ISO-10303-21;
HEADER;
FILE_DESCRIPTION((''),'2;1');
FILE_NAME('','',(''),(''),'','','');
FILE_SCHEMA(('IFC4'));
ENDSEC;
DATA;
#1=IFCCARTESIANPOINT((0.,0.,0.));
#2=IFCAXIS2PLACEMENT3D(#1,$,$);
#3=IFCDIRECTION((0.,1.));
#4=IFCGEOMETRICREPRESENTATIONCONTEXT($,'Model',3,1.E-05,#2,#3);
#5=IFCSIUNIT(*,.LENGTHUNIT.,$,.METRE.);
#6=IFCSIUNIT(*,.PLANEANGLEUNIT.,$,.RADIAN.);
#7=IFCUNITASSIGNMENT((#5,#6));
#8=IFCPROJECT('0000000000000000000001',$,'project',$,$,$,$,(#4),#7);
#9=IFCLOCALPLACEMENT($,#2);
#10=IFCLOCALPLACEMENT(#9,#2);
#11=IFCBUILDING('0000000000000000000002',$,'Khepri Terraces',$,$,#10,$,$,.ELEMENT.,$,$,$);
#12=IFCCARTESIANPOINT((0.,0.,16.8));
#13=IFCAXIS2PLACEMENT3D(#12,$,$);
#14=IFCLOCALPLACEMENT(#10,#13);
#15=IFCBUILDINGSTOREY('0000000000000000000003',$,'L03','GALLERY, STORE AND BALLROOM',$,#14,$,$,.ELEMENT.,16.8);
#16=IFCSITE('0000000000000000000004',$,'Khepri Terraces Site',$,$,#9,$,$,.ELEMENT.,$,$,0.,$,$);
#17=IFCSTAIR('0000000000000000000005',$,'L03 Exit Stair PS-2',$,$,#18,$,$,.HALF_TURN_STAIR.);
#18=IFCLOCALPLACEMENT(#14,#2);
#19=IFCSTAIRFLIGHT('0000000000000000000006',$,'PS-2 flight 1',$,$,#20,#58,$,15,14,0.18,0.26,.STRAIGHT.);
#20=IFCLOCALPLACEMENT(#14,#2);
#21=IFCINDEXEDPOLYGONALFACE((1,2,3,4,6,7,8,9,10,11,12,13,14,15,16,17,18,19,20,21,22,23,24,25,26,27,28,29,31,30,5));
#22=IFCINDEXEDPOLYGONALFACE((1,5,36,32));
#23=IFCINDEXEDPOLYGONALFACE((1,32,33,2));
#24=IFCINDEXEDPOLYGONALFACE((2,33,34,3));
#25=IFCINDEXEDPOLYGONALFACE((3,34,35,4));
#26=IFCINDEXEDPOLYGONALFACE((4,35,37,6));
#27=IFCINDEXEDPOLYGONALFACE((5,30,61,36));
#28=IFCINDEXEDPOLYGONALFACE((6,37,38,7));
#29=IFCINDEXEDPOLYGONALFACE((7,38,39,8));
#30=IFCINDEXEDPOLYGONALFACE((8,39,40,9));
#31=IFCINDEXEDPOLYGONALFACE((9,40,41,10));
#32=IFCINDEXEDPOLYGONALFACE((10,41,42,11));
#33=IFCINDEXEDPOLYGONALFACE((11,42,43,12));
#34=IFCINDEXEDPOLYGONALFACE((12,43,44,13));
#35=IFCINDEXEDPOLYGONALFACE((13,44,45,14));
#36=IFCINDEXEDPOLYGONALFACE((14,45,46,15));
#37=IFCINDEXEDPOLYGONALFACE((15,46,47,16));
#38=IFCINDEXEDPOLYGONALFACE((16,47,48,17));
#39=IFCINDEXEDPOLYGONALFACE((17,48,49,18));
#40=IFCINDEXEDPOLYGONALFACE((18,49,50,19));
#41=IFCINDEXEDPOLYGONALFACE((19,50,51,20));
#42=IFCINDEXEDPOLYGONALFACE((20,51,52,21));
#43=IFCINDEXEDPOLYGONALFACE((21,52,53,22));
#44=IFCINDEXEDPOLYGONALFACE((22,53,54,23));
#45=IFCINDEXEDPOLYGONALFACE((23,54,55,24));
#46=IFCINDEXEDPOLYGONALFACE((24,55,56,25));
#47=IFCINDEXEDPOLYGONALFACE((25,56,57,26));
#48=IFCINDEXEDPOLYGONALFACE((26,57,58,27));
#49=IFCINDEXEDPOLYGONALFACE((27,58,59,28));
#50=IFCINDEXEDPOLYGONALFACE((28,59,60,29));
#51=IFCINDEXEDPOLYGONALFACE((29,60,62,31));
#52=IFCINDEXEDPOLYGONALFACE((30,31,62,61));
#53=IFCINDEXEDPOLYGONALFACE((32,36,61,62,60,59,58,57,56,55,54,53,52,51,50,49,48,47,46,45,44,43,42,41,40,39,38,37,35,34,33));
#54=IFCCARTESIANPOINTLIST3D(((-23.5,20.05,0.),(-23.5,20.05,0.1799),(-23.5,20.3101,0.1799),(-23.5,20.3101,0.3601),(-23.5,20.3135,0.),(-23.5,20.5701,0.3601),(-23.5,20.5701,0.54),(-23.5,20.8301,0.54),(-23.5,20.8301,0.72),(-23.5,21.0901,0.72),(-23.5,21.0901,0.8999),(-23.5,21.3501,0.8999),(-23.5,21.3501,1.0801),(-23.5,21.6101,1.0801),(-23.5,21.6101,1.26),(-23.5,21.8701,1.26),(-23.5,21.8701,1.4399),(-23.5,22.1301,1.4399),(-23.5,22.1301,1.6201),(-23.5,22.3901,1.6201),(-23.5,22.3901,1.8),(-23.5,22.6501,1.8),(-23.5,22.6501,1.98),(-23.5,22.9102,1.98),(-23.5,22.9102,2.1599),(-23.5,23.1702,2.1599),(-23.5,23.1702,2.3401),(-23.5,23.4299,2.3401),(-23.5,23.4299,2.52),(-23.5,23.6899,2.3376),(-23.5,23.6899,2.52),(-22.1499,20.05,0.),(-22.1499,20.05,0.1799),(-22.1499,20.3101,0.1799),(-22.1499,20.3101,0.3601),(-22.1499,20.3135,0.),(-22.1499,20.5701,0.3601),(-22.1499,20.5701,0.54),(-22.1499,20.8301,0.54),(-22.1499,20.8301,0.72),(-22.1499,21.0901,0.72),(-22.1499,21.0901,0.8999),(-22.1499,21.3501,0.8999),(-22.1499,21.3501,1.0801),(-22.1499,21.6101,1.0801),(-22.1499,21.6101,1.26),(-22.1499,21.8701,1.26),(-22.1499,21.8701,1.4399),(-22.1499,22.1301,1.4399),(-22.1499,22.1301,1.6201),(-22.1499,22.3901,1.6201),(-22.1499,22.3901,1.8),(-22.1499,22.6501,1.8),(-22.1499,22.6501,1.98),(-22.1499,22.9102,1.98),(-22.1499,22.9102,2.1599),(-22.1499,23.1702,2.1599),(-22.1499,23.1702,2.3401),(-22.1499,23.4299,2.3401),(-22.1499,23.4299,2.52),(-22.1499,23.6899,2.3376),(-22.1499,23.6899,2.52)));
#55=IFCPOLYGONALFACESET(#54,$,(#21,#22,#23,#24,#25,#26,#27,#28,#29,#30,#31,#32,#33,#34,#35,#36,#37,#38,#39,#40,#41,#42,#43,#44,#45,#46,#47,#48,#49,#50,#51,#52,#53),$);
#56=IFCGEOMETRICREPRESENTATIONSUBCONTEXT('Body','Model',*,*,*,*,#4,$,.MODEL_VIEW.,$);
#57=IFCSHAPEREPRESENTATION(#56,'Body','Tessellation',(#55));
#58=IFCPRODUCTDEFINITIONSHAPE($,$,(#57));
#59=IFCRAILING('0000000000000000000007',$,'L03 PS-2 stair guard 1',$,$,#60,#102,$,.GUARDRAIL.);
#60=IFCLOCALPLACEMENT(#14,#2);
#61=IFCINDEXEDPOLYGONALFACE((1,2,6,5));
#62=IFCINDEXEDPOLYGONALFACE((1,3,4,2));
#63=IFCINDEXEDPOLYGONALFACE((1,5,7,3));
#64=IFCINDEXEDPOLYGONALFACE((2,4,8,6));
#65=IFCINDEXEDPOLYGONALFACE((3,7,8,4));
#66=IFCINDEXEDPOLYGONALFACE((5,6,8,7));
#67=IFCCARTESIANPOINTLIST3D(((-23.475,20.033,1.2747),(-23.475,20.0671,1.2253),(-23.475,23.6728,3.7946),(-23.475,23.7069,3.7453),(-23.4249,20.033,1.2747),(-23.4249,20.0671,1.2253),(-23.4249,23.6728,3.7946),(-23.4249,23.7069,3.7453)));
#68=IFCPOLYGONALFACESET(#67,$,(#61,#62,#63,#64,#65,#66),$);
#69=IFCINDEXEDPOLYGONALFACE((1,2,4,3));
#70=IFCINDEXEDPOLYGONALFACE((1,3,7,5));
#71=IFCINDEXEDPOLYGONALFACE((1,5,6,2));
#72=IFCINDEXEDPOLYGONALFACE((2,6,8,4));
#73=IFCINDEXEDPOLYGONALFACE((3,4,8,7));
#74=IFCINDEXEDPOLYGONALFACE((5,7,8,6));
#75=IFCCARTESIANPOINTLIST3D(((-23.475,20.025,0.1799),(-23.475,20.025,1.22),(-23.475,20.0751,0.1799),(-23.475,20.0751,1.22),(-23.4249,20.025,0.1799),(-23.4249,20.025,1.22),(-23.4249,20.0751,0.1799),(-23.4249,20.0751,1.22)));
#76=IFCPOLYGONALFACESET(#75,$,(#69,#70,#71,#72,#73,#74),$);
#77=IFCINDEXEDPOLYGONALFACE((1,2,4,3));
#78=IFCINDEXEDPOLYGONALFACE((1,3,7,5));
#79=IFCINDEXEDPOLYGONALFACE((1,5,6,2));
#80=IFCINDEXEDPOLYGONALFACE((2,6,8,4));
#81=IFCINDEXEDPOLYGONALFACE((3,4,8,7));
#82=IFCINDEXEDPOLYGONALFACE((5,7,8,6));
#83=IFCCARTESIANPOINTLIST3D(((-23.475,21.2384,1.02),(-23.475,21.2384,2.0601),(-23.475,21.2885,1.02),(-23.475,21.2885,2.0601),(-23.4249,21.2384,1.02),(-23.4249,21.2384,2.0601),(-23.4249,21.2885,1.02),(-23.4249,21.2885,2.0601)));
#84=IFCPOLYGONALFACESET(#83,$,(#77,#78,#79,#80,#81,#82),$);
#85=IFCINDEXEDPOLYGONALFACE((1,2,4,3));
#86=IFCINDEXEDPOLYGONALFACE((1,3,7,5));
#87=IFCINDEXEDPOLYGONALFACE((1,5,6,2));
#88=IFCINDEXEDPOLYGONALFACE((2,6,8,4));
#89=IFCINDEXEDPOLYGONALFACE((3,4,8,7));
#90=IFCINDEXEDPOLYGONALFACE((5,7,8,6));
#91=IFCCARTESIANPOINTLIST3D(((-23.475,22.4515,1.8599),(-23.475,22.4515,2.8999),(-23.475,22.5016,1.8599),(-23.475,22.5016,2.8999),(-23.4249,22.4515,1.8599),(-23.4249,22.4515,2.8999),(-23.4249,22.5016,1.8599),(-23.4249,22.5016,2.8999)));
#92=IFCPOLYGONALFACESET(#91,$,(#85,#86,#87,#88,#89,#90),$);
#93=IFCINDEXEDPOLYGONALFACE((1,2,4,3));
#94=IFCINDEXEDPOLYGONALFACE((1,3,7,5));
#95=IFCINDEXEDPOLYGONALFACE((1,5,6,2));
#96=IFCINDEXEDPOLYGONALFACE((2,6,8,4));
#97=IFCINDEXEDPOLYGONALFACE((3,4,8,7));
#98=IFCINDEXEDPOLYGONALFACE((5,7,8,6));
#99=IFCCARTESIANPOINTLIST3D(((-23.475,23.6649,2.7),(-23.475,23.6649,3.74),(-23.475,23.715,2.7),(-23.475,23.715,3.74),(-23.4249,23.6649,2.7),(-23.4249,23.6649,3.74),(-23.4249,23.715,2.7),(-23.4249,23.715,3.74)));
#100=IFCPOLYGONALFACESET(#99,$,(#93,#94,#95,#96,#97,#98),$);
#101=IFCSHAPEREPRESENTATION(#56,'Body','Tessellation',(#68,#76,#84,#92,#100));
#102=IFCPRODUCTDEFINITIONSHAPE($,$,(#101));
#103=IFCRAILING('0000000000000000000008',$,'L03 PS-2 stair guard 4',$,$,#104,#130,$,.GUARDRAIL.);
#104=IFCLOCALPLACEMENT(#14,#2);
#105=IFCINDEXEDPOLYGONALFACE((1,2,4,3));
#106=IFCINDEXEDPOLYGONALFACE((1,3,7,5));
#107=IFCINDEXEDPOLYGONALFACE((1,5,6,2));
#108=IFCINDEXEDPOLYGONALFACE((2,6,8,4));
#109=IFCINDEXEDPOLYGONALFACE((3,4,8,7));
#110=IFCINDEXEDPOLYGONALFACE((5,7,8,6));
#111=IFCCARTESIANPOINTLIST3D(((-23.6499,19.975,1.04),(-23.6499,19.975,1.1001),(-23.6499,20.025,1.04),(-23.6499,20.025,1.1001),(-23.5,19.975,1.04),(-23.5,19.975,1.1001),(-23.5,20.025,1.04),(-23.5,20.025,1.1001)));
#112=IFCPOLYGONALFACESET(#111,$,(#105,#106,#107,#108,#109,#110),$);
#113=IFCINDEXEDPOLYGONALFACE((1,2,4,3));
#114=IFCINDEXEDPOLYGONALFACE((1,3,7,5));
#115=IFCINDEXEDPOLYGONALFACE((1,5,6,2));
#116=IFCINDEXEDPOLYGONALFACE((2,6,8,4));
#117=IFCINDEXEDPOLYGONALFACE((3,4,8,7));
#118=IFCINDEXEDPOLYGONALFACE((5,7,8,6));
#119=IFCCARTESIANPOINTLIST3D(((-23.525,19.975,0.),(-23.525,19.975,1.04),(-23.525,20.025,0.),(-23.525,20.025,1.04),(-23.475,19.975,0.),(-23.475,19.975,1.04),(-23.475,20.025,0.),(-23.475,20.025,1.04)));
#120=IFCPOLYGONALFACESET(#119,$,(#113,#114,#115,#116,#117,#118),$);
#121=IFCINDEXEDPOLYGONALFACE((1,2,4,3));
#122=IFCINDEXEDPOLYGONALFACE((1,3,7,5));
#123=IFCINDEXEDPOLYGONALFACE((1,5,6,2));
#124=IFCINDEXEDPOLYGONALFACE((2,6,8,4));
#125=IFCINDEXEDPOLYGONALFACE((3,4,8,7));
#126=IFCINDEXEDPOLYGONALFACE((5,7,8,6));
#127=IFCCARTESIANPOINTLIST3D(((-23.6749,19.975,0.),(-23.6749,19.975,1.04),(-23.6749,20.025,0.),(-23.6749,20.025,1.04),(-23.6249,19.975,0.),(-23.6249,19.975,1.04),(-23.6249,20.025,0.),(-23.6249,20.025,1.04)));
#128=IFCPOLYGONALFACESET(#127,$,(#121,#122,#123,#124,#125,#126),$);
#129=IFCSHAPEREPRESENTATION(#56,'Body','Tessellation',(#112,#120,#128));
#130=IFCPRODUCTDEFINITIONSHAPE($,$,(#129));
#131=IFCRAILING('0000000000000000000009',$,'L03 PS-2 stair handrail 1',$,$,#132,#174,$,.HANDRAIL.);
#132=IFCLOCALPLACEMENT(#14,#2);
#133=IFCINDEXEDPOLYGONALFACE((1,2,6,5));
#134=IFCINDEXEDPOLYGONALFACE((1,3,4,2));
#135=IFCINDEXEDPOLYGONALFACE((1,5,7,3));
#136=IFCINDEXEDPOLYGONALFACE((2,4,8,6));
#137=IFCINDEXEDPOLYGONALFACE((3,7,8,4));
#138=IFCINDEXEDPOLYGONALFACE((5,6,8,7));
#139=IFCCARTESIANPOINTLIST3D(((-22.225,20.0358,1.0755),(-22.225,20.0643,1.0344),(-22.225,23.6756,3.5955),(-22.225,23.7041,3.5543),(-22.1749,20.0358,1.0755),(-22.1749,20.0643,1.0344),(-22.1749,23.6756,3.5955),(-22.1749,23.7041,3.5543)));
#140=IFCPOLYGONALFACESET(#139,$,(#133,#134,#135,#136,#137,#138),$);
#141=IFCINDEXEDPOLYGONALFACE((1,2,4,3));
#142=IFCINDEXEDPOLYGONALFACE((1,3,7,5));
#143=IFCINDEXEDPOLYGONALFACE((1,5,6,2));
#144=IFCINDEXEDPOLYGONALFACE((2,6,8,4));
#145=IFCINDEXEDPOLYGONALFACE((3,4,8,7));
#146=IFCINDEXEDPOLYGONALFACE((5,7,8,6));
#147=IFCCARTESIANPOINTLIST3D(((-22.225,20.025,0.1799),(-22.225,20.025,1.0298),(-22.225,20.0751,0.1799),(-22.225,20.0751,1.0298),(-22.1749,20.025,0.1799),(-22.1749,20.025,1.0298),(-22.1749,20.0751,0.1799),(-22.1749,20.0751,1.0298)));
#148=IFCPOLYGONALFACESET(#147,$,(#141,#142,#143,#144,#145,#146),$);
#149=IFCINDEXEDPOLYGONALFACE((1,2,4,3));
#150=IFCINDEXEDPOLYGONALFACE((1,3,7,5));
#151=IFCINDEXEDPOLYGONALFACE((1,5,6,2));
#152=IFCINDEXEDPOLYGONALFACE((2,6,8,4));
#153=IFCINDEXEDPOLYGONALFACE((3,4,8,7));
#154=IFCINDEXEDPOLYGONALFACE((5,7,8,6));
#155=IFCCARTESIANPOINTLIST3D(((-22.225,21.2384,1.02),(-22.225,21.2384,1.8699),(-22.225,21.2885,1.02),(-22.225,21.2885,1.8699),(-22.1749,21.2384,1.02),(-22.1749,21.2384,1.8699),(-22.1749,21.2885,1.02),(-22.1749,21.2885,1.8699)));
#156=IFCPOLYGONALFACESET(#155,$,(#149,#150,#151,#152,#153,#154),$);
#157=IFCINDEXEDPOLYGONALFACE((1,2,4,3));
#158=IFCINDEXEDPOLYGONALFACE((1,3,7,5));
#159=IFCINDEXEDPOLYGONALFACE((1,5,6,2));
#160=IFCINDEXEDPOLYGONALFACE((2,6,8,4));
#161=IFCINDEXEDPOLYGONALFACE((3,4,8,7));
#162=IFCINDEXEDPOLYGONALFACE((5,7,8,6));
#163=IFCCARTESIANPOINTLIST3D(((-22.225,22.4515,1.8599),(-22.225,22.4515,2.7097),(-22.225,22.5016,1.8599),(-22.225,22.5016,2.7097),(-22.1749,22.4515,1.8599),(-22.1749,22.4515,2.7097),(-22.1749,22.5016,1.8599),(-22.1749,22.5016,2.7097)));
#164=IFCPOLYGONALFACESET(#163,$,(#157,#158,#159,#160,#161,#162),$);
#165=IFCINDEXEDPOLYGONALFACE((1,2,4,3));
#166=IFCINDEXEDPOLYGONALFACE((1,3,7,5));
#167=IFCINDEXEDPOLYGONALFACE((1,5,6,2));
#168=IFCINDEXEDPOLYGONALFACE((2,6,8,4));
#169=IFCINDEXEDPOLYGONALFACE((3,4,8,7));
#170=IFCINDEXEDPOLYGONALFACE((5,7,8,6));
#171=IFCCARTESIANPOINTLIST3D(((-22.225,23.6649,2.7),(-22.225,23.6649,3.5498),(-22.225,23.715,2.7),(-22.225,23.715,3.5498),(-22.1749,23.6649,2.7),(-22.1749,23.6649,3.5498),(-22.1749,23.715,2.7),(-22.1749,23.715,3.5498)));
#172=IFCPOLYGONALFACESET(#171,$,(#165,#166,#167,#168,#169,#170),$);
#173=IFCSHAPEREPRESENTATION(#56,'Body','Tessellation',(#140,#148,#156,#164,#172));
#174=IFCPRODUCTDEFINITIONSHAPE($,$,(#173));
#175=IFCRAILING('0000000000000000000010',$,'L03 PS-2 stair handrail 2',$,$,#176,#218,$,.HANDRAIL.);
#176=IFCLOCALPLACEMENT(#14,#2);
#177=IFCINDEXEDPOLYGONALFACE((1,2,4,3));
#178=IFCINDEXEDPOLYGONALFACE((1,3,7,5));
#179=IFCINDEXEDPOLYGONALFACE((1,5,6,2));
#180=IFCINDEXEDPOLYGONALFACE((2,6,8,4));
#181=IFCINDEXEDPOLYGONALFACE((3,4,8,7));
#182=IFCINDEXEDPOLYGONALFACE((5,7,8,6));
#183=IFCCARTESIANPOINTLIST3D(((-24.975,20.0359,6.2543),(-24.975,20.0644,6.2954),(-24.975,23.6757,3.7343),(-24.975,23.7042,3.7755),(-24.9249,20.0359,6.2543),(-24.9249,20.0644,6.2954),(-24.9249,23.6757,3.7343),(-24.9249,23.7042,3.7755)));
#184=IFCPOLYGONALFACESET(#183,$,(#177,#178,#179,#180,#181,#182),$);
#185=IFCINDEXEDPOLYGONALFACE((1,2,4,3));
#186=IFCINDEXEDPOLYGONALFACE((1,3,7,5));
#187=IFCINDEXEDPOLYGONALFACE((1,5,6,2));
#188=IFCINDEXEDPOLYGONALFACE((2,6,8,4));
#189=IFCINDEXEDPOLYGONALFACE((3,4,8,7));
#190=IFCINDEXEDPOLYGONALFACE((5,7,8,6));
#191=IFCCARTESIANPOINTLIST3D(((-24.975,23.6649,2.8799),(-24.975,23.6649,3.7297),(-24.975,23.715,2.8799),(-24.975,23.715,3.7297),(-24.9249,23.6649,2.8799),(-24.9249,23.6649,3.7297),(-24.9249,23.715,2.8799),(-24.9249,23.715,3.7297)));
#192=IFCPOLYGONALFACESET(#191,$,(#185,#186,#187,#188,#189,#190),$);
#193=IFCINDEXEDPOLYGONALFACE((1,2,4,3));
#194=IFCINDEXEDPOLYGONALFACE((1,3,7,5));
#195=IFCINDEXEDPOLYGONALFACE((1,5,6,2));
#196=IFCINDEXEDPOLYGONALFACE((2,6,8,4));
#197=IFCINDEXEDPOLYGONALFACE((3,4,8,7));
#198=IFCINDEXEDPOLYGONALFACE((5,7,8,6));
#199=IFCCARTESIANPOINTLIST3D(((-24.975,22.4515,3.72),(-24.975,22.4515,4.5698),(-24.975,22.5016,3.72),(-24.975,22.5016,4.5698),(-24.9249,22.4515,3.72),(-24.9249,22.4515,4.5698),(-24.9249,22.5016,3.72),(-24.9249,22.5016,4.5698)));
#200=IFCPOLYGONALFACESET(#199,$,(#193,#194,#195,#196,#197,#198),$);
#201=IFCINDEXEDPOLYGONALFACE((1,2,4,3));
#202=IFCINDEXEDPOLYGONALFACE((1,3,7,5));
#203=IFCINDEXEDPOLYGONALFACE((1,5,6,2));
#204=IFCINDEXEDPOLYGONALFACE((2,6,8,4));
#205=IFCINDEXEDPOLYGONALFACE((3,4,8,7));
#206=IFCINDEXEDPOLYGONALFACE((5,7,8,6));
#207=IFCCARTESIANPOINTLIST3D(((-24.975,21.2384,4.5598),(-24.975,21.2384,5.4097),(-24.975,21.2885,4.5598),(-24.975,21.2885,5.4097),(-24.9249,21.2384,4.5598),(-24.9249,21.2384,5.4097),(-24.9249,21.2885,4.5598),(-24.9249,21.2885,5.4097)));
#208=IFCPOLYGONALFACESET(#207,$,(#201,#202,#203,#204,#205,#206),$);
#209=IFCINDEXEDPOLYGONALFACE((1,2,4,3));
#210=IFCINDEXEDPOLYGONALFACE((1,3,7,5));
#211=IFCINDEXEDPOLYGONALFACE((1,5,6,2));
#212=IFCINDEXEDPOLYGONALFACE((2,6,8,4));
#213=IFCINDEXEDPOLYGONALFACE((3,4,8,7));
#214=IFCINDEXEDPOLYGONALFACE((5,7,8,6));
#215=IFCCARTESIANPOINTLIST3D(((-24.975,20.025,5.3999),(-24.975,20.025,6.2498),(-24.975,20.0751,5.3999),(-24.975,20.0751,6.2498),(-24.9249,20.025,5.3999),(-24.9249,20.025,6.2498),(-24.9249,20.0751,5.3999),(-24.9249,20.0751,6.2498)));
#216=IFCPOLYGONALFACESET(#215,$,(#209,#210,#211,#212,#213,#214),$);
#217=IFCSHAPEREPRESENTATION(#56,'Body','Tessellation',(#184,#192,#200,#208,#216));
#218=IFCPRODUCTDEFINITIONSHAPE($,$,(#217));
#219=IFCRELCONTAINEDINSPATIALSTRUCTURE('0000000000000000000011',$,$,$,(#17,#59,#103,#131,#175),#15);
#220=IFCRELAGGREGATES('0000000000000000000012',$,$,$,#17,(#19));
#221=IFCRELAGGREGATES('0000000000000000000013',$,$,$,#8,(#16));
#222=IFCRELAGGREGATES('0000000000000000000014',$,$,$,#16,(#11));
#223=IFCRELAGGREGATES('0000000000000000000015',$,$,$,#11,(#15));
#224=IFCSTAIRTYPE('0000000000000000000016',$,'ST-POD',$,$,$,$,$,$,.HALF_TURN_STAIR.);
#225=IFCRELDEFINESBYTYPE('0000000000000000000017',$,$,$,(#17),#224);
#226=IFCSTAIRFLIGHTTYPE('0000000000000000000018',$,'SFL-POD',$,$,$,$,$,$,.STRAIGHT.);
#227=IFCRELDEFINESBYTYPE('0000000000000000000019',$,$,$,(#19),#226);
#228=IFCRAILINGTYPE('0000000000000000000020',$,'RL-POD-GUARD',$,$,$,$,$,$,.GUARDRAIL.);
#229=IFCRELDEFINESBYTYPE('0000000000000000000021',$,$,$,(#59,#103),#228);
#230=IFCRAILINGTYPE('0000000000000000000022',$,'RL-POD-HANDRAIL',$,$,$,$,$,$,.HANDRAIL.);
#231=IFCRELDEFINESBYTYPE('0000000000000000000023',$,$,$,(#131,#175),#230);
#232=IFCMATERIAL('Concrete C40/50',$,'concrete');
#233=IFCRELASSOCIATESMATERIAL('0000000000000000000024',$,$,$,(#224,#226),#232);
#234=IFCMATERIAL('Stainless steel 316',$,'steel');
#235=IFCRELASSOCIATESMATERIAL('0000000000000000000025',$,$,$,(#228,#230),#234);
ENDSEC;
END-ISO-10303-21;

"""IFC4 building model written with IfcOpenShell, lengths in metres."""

from ifc_helpers import new_model, si_unit, direction, frame, origin, origin_2d, place, context, subcontext, project, spatial, polyline, rectangle, outline, extrude, material, type_object, element, aggregate, save


model = new_model("IFC4")

# Units and contexts
model_context = context("Model", 3, precision=1e-05, world=origin(), true_north=direction((0.0, 1.0)))
body_context = subcontext(model_context, "Body", "Model", "MODEL_VIEW")
ifc_project = project(units=[si_unit("LENGTHUNIT", "METRE"), si_unit("PLANEANGLEUNIT", "RADIAN")], contexts=[model_context])

# Site, building, storey
site_placement = place(None, origin())
site = spatial("IfcSite", under=ifc_project, at=site_placement, Name="Khepri Terraces Site", CompositionType="ELEMENT", RefElevation=0.0)
building_placement = place(site_placement, origin())
building = spatial("IfcBuilding", under=site, at=building_placement, Name="Khepri Terraces", CompositionType="ELEMENT")
storey_placement = place(building_placement, frame((0.0, 0.0, 16.8)))
storey = spatial("IfcBuildingStorey", under=building, at=storey_placement, Name="L03", Description="GALLERY, STORE AND BALLROOM", CompositionType="ELEMENT", Elevation=16.8)

# Shared definitions
ifc_material_1 = material(Name="Concrete C40/50", Category="concrete")

# Stair, stair flight
stair_type = type_object("IfcStairType", Name="ST-POD", PredefinedType="HALF_TURN_STAIR", material=ifc_material_1)
stair_placement = place(storey_placement, origin())
stair = element("IfcStair", 1, at=stair_placement, inside=storey, type_object=stair_type, Name="L03 Exit Stair PS-2", PredefinedType="HALF_TURN_STAIR")
stair_flight_type = type_object("IfcStairFlightType", Name="SFL-POD", PredefinedType="STRAIGHT", material=ifc_material_1)
stair_flight_placement = place(storey_placement, frame((-22.825, 20.05, 0.0), z_axis=(0.0, 0.0, 1.0), x_axis=(0.0, 1.0, 0.0)))
stair_flight = element("IfcStairFlight", 2, at=stair_flight_placement, type_object=stair_flight_type, Name="PS-2 flight 1", NumberOfRisers=15, NumberOfTreads=14, PredefinedType="STRAIGHT", RiserHeight=0.18, TreadLength=0.26, context=body_context, shape_type="SweptSolid", body=[
    extrude(outline(polyline([(0.0, 0.0), (0.0, 0.1799), (0.26, 0.1799), (0.26, 0.3601), (0.52, 0.3601), (0.52, 0.54), (0.78, 0.54), (0.78, 0.72), (1.04, 0.72), (1.04, 0.8999), (1.3, 0.8999), (1.3, 1.0801), (1.5601, 1.0801), (1.5601, 1.26), (1.8201, 1.26), (1.8201, 1.4399), (2.0801, 1.4399), (2.0801, 1.6201), (2.3401, 1.6201), (2.3401, 1.8), (2.6001, 1.8), (2.6001, 1.98), (2.8601, 1.98), (2.8601, 2.1599), (3.1201, 2.1599), (3.1201, 2.3401), (3.3799, 2.3401), (3.3799, 2.52), (3.6399, 2.52), (3.6399, 2.7), (3.6399, 2.3376), (0.2634, 0.0), (0.0, 0.0)])), frame((0.0, 0.675, 0.0), z_axis=(0.0, -1.0, 0.0), x_axis=(1.0, 0.0, 0.0)), (0.0, 0.0, 1.0), 1.3501),
])
aggregate(stair, [stair_flight])

# Railings
ifc_material_2 = material(Name="Stainless steel 316", Category="steel")
railing_type_1 = type_object("IfcRailingType", Name="RL-POD-GUARD", PredefinedType="GUARDRAIL", material=ifc_material_2)
railing_1_placement = place(storey_placement, frame((-23.45, 20.05, 0.1799)))
element("IfcRailing", 3, at=railing_1_placement, inside=storey, type_object=railing_type_1, Name="L03 PS-2 stair guard 1", PredefinedType="GUARDRAIL", context=body_context, shape_type="SweptSolid", body=[
    extrude(rectangle(XDim=0.05, YDim=0.0601, at=origin_2d()), frame((0.0, 0.0, 1.0701), z_axis=(0.0, 0.822182, 0.569224), x_axis=(-1.0, 0.0, 0.0)), (0.0, 0.0, 1.0), 4.427),
    extrude(rectangle(XDim=0.05, YDim=0.05, at=origin_2d()), origin(), (0.0, 0.0, 1.0), 1.04),
    extrude(rectangle(XDim=0.05, YDim=0.05, at=origin_2d()), frame((0.0, 1.2134, 0.8401)), (0.0, 0.0, 1.0), 1.04),
    extrude(rectangle(XDim=0.05, YDim=0.05, at=origin_2d()), frame((0.0, 2.4265, 1.6799)), (0.0, 0.0, 1.0), 1.04),
    extrude(rectangle(XDim=0.05, YDim=0.05, at=origin_2d()), frame((0.0, 3.6399, 2.52)), (0.0, 0.0, 1.0), 1.04),
])
railing_2_placement = place(storey_placement, frame((-23.5, 20.0, 0.0)))
element("IfcRailing", 4, at=railing_2_placement, inside=storey, type_object=railing_type_1, Name="L03 PS-2 stair guard 4", PredefinedType="GUARDRAIL", context=body_context, shape_type="SweptSolid", body=[
    extrude(rectangle(XDim=0.05, YDim=0.0601, at=origin_2d()), frame((0.0, 0.0, 1.0701), z_axis=(-1.0, 0.0, 0.0), x_axis=(0.0, -1.0, 0.0)), (0.0, 0.0, 1.0), 0.1499),
    extrude(rectangle(XDim=0.05, YDim=0.05, at=origin_2d()), origin(), (0.0, 0.0, 1.0), 1.04),
    extrude(rectangle(XDim=0.05, YDim=0.05, at=origin_2d()), frame((-0.1499, 0.0, 0.0)), (0.0, 0.0, 1.0), 1.04),
])
railing_type_2 = type_object("IfcRailingType", Name="RL-POD-HANDRAIL", PredefinedType="HANDRAIL", material=ifc_material_2)
railing_3_placement = place(storey_placement, frame((-22.2, 20.05, 0.1799)))
element("IfcRailing", 5, at=railing_3_placement, inside=storey, type_object=railing_type_2, Name="L03 PS-2 stair handrail 1", PredefinedType="HANDRAIL", context=body_context, shape_type="SweptSolid", body=[
    extrude(rectangle(XDim=0.05, YDim=0.05, at=origin_2d()), frame((0.0, 0.0, 0.875), z_axis=(0.0, 0.822182, 0.569224), x_axis=(-1.0, 0.0, 0.0)), (0.0, 0.0, 1.0), 4.427),
    extrude(rectangle(XDim=0.05, YDim=0.05, at=origin_2d()), origin(), (0.0, 0.0, 1.0), 0.8499),
    extrude(rectangle(XDim=0.05, YDim=0.05, at=origin_2d()), frame((0.0, 1.2134, 0.8401)), (0.0, 0.0, 1.0), 0.8499),
    extrude(rectangle(XDim=0.05, YDim=0.05, at=origin_2d()), frame((0.0, 2.4265, 1.6799)), (0.0, 0.0, 1.0), 0.8499),
    extrude(rectangle(XDim=0.05, YDim=0.05, at=origin_2d()), frame((0.0, 3.6399, 2.52)), (0.0, 0.0, 1.0), 0.8499),
])
railing_4_placement = place(storey_placement, frame((-24.95, 23.6899, 2.8799)))
element("IfcRailing", 6, at=railing_4_placement, inside=storey, type_object=railing_type_2, Name="L03 PS-2 stair handrail 2", PredefinedType="HANDRAIL", context=body_context, shape_type="SweptSolid", body=[
    extrude(rectangle(XDim=0.05, YDim=0.05, at=origin_2d()), frame((0.0, 0.0, 0.875), z_axis=(0.0, -0.822182, 0.569224), x_axis=(1.0, 0.0, 0.0)), (0.0, 0.0, 1.0), 4.427),
    extrude(rectangle(XDim=0.05, YDim=0.05, at=origin_2d()), origin(), (0.0, 0.0, 1.0), 0.8499),
    extrude(rectangle(XDim=0.05, YDim=0.05, at=origin_2d()), frame((0.0, -1.2134, 0.8401)), (0.0, 0.0, 1.0), 0.8499),
    extrude(rectangle(XDim=0.05, YDim=0.05, at=origin_2d()), frame((0.0, -2.4265, 1.6799)), (0.0, 0.0, 1.0), 0.8499),
    extrude(rectangle(XDim=0.05, YDim=0.05, at=origin_2d()), frame((0.0, -3.6399, 2.52)), (0.0, 0.0, 1.0), 0.8499),
])

save(model, "model.ifc")
